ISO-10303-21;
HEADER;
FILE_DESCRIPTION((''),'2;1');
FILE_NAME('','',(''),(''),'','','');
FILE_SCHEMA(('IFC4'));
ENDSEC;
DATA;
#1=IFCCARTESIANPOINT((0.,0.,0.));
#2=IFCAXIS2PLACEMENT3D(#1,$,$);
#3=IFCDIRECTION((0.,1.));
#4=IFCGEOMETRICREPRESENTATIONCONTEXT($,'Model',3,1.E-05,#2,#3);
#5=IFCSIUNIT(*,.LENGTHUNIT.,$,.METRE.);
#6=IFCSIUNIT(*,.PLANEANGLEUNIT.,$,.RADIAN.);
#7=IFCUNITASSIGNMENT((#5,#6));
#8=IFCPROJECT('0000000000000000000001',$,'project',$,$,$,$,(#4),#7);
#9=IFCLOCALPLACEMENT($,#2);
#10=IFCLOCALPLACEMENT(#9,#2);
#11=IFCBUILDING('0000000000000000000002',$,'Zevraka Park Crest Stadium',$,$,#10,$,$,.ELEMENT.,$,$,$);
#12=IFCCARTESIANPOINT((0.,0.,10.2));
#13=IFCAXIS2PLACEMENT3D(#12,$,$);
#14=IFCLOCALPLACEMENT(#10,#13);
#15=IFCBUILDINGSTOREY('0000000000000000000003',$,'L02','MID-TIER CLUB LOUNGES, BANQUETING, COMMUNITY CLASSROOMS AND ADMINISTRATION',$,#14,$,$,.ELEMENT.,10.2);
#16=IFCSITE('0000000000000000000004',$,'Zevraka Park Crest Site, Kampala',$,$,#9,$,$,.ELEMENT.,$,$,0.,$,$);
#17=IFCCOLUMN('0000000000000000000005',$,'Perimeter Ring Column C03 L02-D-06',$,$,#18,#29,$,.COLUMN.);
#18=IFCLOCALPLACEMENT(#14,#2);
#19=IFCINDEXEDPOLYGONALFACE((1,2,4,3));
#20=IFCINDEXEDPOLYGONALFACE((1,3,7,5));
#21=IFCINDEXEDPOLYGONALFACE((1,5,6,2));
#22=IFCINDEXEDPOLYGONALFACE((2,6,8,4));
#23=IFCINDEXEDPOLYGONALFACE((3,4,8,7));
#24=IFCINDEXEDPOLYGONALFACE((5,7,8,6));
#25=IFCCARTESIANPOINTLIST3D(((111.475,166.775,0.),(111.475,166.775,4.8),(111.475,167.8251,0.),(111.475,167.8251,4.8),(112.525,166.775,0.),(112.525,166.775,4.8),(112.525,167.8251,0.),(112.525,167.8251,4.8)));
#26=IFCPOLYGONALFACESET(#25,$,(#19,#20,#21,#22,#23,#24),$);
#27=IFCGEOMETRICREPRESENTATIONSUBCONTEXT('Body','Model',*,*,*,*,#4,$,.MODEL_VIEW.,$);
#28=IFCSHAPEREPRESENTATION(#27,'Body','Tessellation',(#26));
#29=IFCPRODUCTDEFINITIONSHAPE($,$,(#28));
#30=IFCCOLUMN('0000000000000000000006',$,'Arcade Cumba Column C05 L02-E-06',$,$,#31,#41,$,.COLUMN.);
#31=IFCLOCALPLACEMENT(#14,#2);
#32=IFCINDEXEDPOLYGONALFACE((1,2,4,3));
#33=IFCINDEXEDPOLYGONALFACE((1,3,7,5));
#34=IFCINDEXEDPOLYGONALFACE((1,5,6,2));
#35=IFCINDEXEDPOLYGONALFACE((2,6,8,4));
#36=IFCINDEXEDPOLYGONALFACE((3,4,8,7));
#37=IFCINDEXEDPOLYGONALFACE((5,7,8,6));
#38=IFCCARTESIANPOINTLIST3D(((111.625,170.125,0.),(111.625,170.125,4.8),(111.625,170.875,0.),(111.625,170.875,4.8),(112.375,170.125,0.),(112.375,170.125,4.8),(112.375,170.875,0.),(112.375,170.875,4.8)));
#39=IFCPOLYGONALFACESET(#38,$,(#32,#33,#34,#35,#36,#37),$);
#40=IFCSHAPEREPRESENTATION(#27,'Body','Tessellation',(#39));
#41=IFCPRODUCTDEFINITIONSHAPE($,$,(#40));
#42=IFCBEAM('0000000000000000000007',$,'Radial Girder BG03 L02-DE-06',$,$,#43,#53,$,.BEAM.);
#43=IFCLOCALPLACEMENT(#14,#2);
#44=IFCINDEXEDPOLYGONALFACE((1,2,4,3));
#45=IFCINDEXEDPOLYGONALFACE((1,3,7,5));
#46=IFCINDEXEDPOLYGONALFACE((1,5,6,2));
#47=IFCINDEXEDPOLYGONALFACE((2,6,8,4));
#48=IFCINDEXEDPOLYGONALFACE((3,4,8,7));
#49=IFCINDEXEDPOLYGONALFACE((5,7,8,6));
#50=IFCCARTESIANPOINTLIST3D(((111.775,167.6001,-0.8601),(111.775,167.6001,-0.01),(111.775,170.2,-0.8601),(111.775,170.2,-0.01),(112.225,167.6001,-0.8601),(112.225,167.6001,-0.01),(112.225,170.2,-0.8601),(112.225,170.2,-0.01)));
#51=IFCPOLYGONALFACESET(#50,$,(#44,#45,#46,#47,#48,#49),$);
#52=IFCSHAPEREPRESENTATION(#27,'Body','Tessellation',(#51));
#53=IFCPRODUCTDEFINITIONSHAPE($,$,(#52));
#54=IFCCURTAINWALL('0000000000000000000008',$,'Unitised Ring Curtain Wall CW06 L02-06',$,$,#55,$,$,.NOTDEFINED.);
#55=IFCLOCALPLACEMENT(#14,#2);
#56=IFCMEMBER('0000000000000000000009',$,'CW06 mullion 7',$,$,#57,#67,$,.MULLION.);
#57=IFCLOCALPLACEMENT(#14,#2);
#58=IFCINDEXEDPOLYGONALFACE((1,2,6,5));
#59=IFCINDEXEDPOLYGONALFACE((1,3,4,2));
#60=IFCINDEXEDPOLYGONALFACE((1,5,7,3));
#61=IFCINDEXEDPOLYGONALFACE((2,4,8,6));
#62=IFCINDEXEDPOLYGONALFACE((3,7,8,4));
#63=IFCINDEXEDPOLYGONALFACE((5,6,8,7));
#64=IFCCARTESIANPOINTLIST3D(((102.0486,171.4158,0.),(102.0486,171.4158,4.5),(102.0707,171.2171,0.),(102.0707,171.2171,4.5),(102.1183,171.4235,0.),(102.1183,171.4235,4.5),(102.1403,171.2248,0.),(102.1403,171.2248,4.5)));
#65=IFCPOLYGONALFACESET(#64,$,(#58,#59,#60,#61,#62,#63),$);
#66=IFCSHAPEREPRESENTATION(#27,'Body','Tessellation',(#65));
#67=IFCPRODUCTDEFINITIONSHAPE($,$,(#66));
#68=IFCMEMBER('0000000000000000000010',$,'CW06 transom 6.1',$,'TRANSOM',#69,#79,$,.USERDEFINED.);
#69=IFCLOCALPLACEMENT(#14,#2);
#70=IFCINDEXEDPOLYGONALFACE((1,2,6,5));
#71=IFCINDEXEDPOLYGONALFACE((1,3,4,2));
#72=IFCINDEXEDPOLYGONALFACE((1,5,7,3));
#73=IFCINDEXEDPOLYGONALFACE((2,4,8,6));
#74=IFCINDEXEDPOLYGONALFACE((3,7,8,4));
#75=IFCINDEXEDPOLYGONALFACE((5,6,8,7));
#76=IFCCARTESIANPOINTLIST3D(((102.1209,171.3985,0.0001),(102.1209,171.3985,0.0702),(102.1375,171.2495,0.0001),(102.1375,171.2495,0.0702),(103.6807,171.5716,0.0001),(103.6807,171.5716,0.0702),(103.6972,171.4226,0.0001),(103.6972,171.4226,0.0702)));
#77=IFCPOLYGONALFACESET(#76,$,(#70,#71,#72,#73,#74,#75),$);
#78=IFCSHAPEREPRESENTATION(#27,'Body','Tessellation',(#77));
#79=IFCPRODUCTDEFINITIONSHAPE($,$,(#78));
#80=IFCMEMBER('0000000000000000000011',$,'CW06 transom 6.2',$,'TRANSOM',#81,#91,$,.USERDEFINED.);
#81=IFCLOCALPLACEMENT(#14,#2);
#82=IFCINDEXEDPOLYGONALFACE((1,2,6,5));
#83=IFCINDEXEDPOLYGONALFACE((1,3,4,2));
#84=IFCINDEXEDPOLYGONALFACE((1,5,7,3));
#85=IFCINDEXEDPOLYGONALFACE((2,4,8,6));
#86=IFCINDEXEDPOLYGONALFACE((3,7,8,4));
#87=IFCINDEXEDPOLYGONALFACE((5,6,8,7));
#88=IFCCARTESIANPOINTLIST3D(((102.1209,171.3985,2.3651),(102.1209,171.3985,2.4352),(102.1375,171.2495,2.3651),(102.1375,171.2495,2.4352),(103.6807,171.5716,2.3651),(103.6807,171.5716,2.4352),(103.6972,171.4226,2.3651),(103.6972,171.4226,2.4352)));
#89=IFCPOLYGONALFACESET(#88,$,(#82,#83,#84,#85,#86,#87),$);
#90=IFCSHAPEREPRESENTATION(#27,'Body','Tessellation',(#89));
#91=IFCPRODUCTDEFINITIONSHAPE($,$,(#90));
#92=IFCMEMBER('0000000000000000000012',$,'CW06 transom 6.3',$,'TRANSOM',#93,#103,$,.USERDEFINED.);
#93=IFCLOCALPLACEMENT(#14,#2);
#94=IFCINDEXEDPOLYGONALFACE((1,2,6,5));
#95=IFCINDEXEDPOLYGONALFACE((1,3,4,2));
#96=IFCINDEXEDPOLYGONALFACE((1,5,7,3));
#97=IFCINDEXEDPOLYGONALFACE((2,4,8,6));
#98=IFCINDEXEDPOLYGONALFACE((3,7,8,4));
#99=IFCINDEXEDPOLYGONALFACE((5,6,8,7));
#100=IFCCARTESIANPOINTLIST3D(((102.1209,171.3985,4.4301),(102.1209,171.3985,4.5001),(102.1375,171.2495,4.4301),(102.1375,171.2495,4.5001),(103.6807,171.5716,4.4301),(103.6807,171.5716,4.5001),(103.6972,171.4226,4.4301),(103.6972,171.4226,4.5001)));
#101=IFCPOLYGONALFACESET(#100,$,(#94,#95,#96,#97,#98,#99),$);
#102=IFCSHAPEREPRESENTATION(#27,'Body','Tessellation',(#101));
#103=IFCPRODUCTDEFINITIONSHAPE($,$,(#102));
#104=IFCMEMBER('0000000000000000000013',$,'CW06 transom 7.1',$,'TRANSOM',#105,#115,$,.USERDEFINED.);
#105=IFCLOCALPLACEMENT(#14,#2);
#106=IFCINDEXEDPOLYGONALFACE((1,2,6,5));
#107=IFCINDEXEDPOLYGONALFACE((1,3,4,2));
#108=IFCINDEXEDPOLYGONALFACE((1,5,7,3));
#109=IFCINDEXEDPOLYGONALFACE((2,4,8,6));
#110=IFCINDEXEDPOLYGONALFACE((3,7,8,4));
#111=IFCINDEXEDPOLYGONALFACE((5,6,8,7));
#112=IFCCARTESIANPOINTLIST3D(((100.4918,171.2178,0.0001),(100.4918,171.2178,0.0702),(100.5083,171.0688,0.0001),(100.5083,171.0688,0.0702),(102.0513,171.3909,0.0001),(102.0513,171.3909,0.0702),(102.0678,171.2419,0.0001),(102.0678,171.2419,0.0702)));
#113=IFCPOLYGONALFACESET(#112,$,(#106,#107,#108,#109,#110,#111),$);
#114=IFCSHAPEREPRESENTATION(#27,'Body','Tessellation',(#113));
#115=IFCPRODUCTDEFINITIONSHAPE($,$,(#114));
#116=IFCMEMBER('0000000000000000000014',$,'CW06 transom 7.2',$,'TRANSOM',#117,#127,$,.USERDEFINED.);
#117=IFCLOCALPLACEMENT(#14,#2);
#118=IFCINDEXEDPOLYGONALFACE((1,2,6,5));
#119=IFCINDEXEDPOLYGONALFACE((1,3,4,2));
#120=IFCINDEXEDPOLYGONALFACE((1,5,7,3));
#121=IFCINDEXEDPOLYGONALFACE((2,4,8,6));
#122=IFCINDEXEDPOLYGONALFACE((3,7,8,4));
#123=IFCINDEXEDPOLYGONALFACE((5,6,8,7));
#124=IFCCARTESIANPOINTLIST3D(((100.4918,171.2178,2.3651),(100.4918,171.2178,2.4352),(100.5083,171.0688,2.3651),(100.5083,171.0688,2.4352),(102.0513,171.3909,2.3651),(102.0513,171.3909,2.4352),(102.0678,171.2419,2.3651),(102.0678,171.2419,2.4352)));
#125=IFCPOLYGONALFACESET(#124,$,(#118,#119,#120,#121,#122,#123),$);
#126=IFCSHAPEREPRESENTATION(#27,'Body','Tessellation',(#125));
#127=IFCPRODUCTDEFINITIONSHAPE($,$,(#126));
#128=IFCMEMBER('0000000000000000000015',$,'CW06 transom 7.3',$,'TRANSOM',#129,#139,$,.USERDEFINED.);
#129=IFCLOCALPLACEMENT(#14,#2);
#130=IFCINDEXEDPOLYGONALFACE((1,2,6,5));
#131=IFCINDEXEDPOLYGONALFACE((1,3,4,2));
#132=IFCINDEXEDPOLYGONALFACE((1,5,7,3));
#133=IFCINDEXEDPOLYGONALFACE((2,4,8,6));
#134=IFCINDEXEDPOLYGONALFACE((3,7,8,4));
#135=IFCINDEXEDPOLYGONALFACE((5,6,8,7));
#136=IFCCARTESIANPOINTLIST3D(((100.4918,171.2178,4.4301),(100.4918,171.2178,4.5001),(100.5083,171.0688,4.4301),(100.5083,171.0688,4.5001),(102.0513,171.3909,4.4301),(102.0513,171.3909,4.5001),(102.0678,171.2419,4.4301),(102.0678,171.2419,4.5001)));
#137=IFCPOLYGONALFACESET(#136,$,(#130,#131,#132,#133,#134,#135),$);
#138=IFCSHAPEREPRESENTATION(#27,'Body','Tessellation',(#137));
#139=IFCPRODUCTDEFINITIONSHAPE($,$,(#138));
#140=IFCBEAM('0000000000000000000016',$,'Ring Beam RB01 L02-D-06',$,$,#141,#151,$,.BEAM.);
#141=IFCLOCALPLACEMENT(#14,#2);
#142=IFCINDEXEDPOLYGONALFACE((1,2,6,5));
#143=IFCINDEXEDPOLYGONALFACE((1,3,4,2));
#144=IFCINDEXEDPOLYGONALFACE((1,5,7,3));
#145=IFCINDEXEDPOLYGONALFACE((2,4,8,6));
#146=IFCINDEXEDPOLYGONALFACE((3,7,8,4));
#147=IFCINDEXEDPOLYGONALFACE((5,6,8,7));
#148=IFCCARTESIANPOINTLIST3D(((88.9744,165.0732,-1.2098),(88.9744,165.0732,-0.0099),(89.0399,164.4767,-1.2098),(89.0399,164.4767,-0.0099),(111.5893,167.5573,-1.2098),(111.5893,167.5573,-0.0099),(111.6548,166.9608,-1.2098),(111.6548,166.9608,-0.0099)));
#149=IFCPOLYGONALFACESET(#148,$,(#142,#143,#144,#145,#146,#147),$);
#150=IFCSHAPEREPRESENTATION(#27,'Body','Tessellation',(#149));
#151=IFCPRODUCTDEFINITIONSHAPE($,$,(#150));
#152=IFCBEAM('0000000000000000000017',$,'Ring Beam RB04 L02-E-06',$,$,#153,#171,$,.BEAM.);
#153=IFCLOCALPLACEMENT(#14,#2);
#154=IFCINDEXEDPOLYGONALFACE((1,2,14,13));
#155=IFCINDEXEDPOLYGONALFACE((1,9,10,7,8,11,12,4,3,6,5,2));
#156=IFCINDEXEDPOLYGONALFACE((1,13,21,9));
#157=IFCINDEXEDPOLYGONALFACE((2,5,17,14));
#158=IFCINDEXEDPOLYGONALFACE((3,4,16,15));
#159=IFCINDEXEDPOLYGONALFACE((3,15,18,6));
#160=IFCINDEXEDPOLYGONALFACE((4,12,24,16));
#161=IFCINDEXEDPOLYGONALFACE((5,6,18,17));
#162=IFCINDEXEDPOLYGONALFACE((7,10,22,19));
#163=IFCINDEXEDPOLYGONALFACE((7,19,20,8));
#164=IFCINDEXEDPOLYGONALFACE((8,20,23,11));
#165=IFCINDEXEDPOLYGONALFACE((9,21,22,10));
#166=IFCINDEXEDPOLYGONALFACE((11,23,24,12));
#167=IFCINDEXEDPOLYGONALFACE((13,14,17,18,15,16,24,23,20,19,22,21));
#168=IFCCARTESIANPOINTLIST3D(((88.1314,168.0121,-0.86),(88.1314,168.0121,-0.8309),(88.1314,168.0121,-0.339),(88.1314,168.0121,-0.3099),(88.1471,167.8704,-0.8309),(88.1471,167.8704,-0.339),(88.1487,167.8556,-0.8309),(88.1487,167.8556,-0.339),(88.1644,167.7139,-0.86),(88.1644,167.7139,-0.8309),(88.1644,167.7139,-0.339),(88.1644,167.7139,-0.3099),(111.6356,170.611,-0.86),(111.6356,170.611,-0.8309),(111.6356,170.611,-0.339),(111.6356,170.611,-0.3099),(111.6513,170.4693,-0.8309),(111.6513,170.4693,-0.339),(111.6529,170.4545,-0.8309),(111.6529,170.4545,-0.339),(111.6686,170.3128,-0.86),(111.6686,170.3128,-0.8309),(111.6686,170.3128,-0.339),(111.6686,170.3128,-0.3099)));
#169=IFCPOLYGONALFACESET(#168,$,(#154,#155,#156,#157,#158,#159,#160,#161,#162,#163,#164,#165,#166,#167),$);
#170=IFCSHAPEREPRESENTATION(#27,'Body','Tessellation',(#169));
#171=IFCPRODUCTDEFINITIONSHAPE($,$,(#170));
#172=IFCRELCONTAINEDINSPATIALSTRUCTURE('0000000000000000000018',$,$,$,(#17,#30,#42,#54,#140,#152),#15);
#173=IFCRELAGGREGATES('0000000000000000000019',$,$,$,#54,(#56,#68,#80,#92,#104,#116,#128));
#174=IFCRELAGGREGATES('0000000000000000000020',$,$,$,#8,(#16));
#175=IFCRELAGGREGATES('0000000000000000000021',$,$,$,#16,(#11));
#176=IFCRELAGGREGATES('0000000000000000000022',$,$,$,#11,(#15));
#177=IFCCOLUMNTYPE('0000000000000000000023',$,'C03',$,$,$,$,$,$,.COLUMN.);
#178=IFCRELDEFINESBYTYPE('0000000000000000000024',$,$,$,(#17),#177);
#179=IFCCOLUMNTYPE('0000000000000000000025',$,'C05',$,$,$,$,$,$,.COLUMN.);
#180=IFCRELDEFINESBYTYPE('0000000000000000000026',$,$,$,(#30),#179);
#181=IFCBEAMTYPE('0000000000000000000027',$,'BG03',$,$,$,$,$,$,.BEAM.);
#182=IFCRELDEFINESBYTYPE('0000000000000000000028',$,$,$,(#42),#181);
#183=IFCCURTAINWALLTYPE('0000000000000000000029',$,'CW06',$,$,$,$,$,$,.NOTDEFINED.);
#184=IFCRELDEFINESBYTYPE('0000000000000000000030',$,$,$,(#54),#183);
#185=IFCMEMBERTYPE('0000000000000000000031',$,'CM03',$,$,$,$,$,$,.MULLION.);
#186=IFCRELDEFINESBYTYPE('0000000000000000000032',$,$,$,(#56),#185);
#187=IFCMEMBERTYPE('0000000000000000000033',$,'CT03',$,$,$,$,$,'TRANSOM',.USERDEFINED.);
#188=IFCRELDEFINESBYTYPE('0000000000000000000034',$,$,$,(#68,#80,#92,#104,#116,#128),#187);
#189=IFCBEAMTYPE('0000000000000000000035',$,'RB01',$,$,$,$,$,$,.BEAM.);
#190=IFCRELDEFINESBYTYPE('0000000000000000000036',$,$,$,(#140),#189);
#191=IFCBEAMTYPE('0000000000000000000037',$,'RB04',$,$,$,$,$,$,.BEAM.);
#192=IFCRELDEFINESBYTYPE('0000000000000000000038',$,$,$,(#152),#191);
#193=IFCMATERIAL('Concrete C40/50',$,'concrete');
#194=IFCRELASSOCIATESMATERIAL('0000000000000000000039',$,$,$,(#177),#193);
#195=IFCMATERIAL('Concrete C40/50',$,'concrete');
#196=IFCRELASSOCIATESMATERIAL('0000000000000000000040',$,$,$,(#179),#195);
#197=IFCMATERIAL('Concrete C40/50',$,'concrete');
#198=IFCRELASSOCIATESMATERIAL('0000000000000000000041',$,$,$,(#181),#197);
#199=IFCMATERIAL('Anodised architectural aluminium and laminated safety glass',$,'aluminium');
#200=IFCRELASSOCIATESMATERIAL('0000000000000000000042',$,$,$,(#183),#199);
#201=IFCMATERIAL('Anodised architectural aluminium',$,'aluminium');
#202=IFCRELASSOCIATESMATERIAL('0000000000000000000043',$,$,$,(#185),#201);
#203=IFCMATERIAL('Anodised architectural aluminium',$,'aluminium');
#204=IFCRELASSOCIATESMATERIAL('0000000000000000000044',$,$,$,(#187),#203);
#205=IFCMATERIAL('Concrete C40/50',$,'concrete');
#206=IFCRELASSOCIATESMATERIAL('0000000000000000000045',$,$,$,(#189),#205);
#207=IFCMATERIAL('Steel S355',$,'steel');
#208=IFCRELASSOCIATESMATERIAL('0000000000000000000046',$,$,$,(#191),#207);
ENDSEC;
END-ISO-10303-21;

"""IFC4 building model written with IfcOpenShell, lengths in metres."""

from ifc_helpers import new_model, si_unit, direction, frame, origin, origin_2d, place, context, subcontext, project, spatial, rectangle, i_section, extrude, material, material_profile, profile_set, type_object, element, aggregate, save


model = new_model("IFC4")

# Units and contexts
model_context = context("Model", 3, precision=1e-05, world=origin(), true_north=direction((0.0, 1.0)))
body_context = subcontext(model_context, "Body", "Model", "MODEL_VIEW")
ifc_project = project(units=[si_unit("LENGTHUNIT", "METRE"), si_unit("PLANEANGLEUNIT", "RADIAN")], contexts=[model_context])

# Site, building, storey
site_placement = place(None, origin())
site = spatial("IfcSite", under=ifc_project, at=site_placement, Name="Zevraka Park Crest Site, Kampala", CompositionType="ELEMENT", RefElevation=0.0)
building_placement = place(site_placement, origin())
building = spatial("IfcBuilding", under=site, at=building_placement, Name="Zevraka Park Crest Stadium", CompositionType="ELEMENT")
storey_placement = place(building_placement, frame((0.0, 0.0, 10.2)))
storey = spatial("IfcBuildingStorey", under=building, at=storey_placement, Name="L02", Description="MID-TIER CLUB LOUNGES, BANQUETING, COMMUNITY CLASSROOMS AND ADMINISTRATION", CompositionType="ELEMENT", Elevation=10.2)

# Columns
ifc_material_1 = material(Name="Concrete C40/50", Category="concrete")
ifc_material_profile_1 = material_profile(ifc_material_1, rectangle(XDim=1.05, YDim=1.05, at=origin_2d()), Name="RC 1050x1050")
ifc_profile_set_1 = profile_set([ifc_material_profile_1], Name="Concrete C40/50")
column_type_1 = type_object("IfcColumnType", Name="C03", PredefinedType="COLUMN", material=ifc_profile_set_1)
column_1_placement = place(storey_placement, frame((112.0, 167.3, 0.0), z_axis=(0.0, 0.0, 1.0), x_axis=(0.0, 1.0, 0.0)))
element("IfcColumn", 1, at=column_1_placement, inside=storey, type_object=column_type_1, Name="Perimeter Ring Column C03 L02-D-06", PredefinedType="COLUMN", context=body_context, shape_type="SweptSolid", body=[
    extrude(rectangle(XDim=1.05, YDim=1.05, at=origin_2d()), origin(), (0.0, 0.0, 1.0), 4.8),
])
ifc_material_2 = material(Name="Concrete C40/50", Category="concrete")
ifc_material_profile_2 = material_profile(ifc_material_2, rectangle(XDim=0.75, YDim=0.75, at=origin_2d()), Name="RC 750x750")
ifc_profile_set_2 = profile_set([ifc_material_profile_2], Name="Concrete C40/50")
column_type_2 = type_object("IfcColumnType", Name="C05", PredefinedType="COLUMN", material=ifc_profile_set_2)
column_2_placement = place(storey_placement, frame((112.0, 170.5, 0.0), z_axis=(0.0, 0.0, 1.0), x_axis=(0.0, 1.0, 0.0)))
element("IfcColumn", 2, at=column_2_placement, inside=storey, type_object=column_type_2, Name="Arcade Cumba Column C05 L02-E-06", PredefinedType="COLUMN", context=body_context, shape_type="SweptSolid", body=[
    extrude(rectangle(XDim=0.75, YDim=0.75, at=origin_2d()), origin(), (0.0, 0.0, 1.0), 4.8),
])

# Beam
ifc_material_3 = material(Name="Concrete C40/50", Category="concrete")
ifc_material_profile_3 = material_profile(ifc_material_3, rectangle(XDim=0.45, YDim=0.8501, at=origin_2d()), Name="RC 850x450")
ifc_profile_set_3 = profile_set([ifc_material_profile_3], Name="Concrete C40/50")
beam_type_1 = type_object("IfcBeamType", Name="BG03", PredefinedType="BEAM", material=ifc_profile_set_3)
beam_1_placement = place(storey_placement, frame((112.0, 167.6001, -0.4351), z_axis=(0.0, 1.0, 0.0), x_axis=(-1.0, 0.0, 0.0)))
element("IfcBeam", 3, at=beam_1_placement, inside=storey, type_object=beam_type_1, Name="Radial Girder BG03 L02-DE-06", PredefinedType="BEAM", context=body_context, shape_type="SweptSolid", body=[
    extrude(rectangle(XDim=0.45, YDim=0.8501, at=origin_2d()), origin(), (0.0, 0.0, 1.0), 2.5999),
])

# Curtain wall, members
ifc_material_4 = material(Name="Anodised architectural aluminium and laminated safety glass", Category="aluminium")
curtain_wall_type = type_object("IfcCurtainWallType", Name="CW06", PredefinedType="NOTDEFINED", material=ifc_material_4)
curtain_wall_placement = place(storey_placement, origin())
curtain_wall = element("IfcCurtainWall", 4, at=curtain_wall_placement, inside=storey, type_object=curtain_wall_type, Name="Unitised Ring Curtain Wall CW06 L02-06", PredefinedType="NOTDEFINED")
ifc_material_5 = material(Name="Anodised architectural aluminium", Category="aluminium")
ifc_material_profile_4 = material_profile(ifc_material_5, rectangle(XDim=0.2, YDim=0.0701, at=origin_2d()), Name="ALU MULLION 200x70")
ifc_profile_set_4 = profile_set([ifc_material_profile_4], Name="Anodised architectural aluminium")
member_type_1 = type_object("IfcMemberType", Name="CM03", PredefinedType="MULLION", material=ifc_profile_set_4)
member_1_placement = place(storey_placement, frame((102.0945, 171.3203, 0.0), z_axis=(0.0, 0.0, 1.0), x_axis=(0.110293, -0.993899, 0.0)))
member_1 = element("IfcMember", 5, at=member_1_placement, type_object=member_type_1, Name="CW06 mullion 7", PredefinedType="MULLION", context=body_context, shape_type="SweptSolid", body=[
    extrude(rectangle(XDim=0.2, YDim=0.0701, at=origin_2d()), origin(), (0.0, 0.0, 1.0), 4.5),
])
ifc_material_6 = material(Name="Anodised architectural aluminium", Category="aluminium")
ifc_material_profile_5 = material_profile(ifc_material_6, rectangle(XDim=0.1499, YDim=0.0701, at=origin_2d()), Name="ALU TRANSOM 150x70")
ifc_profile_set_5 = profile_set([ifc_material_profile_5], Name="Anodised architectural aluminium")
member_type_2 = type_object("IfcMemberType", Name="CT03", ElementType="TRANSOM", PredefinedType="USERDEFINED", material=ifc_profile_set_5)
member_2_placement = place(storey_placement, frame((103.689, 171.4971, 0.0352), z_axis=(-0.993899, -0.110295, 0.0), x_axis=(0.110295, -0.993899, 0.0)))
member_2 = element("IfcMember", 6, at=member_2_placement, type_object=member_type_2, Name="CW06 transom 6.1", ObjectType="TRANSOM", PredefinedType="USERDEFINED", context=body_context, shape_type="SweptSolid", body=[
    extrude(rectangle(XDim=0.1499, YDim=0.0701, at=origin_2d()), origin(), (0.0, 0.0, 1.0), 1.5693),
])
member_3_placement = place(storey_placement, frame((103.689, 171.4971, 2.4001), z_axis=(-0.993899, -0.110295, 0.0), x_axis=(0.110295, -0.993899, 0.0)))
member_3 = element("IfcMember", 7, at=member_3_placement, type_object=member_type_2, Name="CW06 transom 6.2", ObjectType="TRANSOM", PredefinedType="USERDEFINED", context=body_context, shape_type="SweptSolid", body=[
    extrude(rectangle(XDim=0.1499, YDim=0.0701, at=origin_2d()), origin(), (0.0, 0.0, 1.0), 1.5693),
])
member_4_placement = place(storey_placement, frame((103.689, 171.4971, 4.4651), z_axis=(-0.993899, -0.110295, 0.0), x_axis=(0.110295, -0.993899, 0.0)))
member_4 = element("IfcMember", 8, at=member_4_placement, type_object=member_type_2, Name="CW06 transom 6.3", ObjectType="TRANSOM", PredefinedType="USERDEFINED", context=body_context, shape_type="SweptSolid", body=[
    extrude(rectangle(XDim=0.1499, YDim=0.0701, at=origin_2d()), origin(), (0.0, 0.0, 1.0), 1.5693),
])
member_5_placement = place(storey_placement, frame((102.0596, 171.3164, 0.0352), z_axis=(-0.993897, -0.110312, 0.0), x_axis=(0.110312, -0.993897, 0.0)))
member_5 = element("IfcMember", 9, at=member_5_placement, type_object=member_type_2, Name="CW06 transom 7.1", ObjectType="TRANSOM", PredefinedType="USERDEFINED", context=body_context, shape_type="SweptSolid", body=[
    extrude(rectangle(XDim=0.1499, YDim=0.0701, at=origin_2d()), origin(), (0.0, 0.0, 1.0), 1.5691),
])
member_6_placement = place(storey_placement, frame((102.0596, 171.3164, 2.4001), z_axis=(-0.993897, -0.110312, 0.0), x_axis=(0.110312, -0.993897, 0.0)))
member_6 = element("IfcMember", 10, at=member_6_placement, type_object=member_type_2, Name="CW06 transom 7.2", ObjectType="TRANSOM", PredefinedType="USERDEFINED", context=body_context, shape_type="SweptSolid", body=[
    extrude(rectangle(XDim=0.1499, YDim=0.0701, at=origin_2d()), origin(), (0.0, 0.0, 1.0), 1.5691),
])
member_7_placement = place(storey_placement, frame((102.0596, 171.3164, 4.4651), z_axis=(-0.993897, -0.110312, 0.0), x_axis=(0.110312, -0.993897, 0.0)))
member_7 = element("IfcMember", 11, at=member_7_placement, type_object=member_type_2, Name="CW06 transom 7.3", ObjectType="TRANSOM", PredefinedType="USERDEFINED", context=body_context, shape_type="SweptSolid", body=[
    extrude(rectangle(XDim=0.1499, YDim=0.0701, at=origin_2d()), origin(), (0.0, 0.0, 1.0), 1.5691),
])

# Beams
ifc_material_7 = material(Name="Concrete C40/50", Category="concrete")
ifc_material_profile_6 = material_profile(ifc_material_7, rectangle(XDim=0.6001, YDim=1.2, at=origin_2d()), Name="RC 1200x600")
ifc_profile_set_6 = profile_set([ifc_material_profile_6], Name="Concrete C40/50")
beam_type_2 = type_object("IfcBeamType", Name="RB01", PredefinedType="BEAM", material=ifc_profile_set_6)
beam_2_placement = place(storey_placement, frame((111.6221, 167.259, -0.6099), z_axis=(-0.994021, -0.109188, 0.0), x_axis=(0.109188, -0.994021, 0.0)))
element("IfcBeam", 12, at=beam_2_placement, inside=storey, type_object=beam_type_2, Name="Ring Beam RB01 L02-D-06", PredefinedType="BEAM", context=body_context, shape_type="SweptSolid", body=[
    extrude(rectangle(XDim=0.6001, YDim=1.2, at=origin_2d()), origin(), (0.0, 0.0, 1.0), 22.751),
])
ifc_material_8 = material(Name="Steel S355", Category="steel")
ifc_material_profile_7 = material_profile(ifc_material_8, i_section(OverallWidth=0.3, OverallDepth=0.55, WebThickness=0.0149, FlangeThickness=0.0291, at=origin_2d()), Name="HEB 550")
ifc_profile_set_7 = profile_set([ifc_material_profile_7], Name="Steel S355")
beam_type_3 = type_object("IfcBeamType", Name="RB04", PredefinedType="BEAM", material=ifc_profile_set_7)
beam_3_placement = place(storey_placement, frame((111.6521, 170.4619, -0.585), z_axis=(-0.993943, -0.109901, 0.0), x_axis=(0.109901, -0.993943, 0.0)))
element("IfcBeam", 13, at=beam_3_placement, inside=storey, type_object=beam_type_3, Name="Ring Beam RB04 L02-E-06", PredefinedType="BEAM", context=body_context, shape_type="SweptSolid", body=[
    extrude(i_section(OverallWidth=0.3, OverallDepth=0.55, WebThickness=0.0149, FlangeThickness=0.0291, at=origin_2d()), origin(), (0.0, 0.0, 1.0), 23.6475),
])

aggregate(curtain_wall, [member_1, member_2, member_3, member_4, member_5, member_6, member_7])

save(model, "model.ifc")
